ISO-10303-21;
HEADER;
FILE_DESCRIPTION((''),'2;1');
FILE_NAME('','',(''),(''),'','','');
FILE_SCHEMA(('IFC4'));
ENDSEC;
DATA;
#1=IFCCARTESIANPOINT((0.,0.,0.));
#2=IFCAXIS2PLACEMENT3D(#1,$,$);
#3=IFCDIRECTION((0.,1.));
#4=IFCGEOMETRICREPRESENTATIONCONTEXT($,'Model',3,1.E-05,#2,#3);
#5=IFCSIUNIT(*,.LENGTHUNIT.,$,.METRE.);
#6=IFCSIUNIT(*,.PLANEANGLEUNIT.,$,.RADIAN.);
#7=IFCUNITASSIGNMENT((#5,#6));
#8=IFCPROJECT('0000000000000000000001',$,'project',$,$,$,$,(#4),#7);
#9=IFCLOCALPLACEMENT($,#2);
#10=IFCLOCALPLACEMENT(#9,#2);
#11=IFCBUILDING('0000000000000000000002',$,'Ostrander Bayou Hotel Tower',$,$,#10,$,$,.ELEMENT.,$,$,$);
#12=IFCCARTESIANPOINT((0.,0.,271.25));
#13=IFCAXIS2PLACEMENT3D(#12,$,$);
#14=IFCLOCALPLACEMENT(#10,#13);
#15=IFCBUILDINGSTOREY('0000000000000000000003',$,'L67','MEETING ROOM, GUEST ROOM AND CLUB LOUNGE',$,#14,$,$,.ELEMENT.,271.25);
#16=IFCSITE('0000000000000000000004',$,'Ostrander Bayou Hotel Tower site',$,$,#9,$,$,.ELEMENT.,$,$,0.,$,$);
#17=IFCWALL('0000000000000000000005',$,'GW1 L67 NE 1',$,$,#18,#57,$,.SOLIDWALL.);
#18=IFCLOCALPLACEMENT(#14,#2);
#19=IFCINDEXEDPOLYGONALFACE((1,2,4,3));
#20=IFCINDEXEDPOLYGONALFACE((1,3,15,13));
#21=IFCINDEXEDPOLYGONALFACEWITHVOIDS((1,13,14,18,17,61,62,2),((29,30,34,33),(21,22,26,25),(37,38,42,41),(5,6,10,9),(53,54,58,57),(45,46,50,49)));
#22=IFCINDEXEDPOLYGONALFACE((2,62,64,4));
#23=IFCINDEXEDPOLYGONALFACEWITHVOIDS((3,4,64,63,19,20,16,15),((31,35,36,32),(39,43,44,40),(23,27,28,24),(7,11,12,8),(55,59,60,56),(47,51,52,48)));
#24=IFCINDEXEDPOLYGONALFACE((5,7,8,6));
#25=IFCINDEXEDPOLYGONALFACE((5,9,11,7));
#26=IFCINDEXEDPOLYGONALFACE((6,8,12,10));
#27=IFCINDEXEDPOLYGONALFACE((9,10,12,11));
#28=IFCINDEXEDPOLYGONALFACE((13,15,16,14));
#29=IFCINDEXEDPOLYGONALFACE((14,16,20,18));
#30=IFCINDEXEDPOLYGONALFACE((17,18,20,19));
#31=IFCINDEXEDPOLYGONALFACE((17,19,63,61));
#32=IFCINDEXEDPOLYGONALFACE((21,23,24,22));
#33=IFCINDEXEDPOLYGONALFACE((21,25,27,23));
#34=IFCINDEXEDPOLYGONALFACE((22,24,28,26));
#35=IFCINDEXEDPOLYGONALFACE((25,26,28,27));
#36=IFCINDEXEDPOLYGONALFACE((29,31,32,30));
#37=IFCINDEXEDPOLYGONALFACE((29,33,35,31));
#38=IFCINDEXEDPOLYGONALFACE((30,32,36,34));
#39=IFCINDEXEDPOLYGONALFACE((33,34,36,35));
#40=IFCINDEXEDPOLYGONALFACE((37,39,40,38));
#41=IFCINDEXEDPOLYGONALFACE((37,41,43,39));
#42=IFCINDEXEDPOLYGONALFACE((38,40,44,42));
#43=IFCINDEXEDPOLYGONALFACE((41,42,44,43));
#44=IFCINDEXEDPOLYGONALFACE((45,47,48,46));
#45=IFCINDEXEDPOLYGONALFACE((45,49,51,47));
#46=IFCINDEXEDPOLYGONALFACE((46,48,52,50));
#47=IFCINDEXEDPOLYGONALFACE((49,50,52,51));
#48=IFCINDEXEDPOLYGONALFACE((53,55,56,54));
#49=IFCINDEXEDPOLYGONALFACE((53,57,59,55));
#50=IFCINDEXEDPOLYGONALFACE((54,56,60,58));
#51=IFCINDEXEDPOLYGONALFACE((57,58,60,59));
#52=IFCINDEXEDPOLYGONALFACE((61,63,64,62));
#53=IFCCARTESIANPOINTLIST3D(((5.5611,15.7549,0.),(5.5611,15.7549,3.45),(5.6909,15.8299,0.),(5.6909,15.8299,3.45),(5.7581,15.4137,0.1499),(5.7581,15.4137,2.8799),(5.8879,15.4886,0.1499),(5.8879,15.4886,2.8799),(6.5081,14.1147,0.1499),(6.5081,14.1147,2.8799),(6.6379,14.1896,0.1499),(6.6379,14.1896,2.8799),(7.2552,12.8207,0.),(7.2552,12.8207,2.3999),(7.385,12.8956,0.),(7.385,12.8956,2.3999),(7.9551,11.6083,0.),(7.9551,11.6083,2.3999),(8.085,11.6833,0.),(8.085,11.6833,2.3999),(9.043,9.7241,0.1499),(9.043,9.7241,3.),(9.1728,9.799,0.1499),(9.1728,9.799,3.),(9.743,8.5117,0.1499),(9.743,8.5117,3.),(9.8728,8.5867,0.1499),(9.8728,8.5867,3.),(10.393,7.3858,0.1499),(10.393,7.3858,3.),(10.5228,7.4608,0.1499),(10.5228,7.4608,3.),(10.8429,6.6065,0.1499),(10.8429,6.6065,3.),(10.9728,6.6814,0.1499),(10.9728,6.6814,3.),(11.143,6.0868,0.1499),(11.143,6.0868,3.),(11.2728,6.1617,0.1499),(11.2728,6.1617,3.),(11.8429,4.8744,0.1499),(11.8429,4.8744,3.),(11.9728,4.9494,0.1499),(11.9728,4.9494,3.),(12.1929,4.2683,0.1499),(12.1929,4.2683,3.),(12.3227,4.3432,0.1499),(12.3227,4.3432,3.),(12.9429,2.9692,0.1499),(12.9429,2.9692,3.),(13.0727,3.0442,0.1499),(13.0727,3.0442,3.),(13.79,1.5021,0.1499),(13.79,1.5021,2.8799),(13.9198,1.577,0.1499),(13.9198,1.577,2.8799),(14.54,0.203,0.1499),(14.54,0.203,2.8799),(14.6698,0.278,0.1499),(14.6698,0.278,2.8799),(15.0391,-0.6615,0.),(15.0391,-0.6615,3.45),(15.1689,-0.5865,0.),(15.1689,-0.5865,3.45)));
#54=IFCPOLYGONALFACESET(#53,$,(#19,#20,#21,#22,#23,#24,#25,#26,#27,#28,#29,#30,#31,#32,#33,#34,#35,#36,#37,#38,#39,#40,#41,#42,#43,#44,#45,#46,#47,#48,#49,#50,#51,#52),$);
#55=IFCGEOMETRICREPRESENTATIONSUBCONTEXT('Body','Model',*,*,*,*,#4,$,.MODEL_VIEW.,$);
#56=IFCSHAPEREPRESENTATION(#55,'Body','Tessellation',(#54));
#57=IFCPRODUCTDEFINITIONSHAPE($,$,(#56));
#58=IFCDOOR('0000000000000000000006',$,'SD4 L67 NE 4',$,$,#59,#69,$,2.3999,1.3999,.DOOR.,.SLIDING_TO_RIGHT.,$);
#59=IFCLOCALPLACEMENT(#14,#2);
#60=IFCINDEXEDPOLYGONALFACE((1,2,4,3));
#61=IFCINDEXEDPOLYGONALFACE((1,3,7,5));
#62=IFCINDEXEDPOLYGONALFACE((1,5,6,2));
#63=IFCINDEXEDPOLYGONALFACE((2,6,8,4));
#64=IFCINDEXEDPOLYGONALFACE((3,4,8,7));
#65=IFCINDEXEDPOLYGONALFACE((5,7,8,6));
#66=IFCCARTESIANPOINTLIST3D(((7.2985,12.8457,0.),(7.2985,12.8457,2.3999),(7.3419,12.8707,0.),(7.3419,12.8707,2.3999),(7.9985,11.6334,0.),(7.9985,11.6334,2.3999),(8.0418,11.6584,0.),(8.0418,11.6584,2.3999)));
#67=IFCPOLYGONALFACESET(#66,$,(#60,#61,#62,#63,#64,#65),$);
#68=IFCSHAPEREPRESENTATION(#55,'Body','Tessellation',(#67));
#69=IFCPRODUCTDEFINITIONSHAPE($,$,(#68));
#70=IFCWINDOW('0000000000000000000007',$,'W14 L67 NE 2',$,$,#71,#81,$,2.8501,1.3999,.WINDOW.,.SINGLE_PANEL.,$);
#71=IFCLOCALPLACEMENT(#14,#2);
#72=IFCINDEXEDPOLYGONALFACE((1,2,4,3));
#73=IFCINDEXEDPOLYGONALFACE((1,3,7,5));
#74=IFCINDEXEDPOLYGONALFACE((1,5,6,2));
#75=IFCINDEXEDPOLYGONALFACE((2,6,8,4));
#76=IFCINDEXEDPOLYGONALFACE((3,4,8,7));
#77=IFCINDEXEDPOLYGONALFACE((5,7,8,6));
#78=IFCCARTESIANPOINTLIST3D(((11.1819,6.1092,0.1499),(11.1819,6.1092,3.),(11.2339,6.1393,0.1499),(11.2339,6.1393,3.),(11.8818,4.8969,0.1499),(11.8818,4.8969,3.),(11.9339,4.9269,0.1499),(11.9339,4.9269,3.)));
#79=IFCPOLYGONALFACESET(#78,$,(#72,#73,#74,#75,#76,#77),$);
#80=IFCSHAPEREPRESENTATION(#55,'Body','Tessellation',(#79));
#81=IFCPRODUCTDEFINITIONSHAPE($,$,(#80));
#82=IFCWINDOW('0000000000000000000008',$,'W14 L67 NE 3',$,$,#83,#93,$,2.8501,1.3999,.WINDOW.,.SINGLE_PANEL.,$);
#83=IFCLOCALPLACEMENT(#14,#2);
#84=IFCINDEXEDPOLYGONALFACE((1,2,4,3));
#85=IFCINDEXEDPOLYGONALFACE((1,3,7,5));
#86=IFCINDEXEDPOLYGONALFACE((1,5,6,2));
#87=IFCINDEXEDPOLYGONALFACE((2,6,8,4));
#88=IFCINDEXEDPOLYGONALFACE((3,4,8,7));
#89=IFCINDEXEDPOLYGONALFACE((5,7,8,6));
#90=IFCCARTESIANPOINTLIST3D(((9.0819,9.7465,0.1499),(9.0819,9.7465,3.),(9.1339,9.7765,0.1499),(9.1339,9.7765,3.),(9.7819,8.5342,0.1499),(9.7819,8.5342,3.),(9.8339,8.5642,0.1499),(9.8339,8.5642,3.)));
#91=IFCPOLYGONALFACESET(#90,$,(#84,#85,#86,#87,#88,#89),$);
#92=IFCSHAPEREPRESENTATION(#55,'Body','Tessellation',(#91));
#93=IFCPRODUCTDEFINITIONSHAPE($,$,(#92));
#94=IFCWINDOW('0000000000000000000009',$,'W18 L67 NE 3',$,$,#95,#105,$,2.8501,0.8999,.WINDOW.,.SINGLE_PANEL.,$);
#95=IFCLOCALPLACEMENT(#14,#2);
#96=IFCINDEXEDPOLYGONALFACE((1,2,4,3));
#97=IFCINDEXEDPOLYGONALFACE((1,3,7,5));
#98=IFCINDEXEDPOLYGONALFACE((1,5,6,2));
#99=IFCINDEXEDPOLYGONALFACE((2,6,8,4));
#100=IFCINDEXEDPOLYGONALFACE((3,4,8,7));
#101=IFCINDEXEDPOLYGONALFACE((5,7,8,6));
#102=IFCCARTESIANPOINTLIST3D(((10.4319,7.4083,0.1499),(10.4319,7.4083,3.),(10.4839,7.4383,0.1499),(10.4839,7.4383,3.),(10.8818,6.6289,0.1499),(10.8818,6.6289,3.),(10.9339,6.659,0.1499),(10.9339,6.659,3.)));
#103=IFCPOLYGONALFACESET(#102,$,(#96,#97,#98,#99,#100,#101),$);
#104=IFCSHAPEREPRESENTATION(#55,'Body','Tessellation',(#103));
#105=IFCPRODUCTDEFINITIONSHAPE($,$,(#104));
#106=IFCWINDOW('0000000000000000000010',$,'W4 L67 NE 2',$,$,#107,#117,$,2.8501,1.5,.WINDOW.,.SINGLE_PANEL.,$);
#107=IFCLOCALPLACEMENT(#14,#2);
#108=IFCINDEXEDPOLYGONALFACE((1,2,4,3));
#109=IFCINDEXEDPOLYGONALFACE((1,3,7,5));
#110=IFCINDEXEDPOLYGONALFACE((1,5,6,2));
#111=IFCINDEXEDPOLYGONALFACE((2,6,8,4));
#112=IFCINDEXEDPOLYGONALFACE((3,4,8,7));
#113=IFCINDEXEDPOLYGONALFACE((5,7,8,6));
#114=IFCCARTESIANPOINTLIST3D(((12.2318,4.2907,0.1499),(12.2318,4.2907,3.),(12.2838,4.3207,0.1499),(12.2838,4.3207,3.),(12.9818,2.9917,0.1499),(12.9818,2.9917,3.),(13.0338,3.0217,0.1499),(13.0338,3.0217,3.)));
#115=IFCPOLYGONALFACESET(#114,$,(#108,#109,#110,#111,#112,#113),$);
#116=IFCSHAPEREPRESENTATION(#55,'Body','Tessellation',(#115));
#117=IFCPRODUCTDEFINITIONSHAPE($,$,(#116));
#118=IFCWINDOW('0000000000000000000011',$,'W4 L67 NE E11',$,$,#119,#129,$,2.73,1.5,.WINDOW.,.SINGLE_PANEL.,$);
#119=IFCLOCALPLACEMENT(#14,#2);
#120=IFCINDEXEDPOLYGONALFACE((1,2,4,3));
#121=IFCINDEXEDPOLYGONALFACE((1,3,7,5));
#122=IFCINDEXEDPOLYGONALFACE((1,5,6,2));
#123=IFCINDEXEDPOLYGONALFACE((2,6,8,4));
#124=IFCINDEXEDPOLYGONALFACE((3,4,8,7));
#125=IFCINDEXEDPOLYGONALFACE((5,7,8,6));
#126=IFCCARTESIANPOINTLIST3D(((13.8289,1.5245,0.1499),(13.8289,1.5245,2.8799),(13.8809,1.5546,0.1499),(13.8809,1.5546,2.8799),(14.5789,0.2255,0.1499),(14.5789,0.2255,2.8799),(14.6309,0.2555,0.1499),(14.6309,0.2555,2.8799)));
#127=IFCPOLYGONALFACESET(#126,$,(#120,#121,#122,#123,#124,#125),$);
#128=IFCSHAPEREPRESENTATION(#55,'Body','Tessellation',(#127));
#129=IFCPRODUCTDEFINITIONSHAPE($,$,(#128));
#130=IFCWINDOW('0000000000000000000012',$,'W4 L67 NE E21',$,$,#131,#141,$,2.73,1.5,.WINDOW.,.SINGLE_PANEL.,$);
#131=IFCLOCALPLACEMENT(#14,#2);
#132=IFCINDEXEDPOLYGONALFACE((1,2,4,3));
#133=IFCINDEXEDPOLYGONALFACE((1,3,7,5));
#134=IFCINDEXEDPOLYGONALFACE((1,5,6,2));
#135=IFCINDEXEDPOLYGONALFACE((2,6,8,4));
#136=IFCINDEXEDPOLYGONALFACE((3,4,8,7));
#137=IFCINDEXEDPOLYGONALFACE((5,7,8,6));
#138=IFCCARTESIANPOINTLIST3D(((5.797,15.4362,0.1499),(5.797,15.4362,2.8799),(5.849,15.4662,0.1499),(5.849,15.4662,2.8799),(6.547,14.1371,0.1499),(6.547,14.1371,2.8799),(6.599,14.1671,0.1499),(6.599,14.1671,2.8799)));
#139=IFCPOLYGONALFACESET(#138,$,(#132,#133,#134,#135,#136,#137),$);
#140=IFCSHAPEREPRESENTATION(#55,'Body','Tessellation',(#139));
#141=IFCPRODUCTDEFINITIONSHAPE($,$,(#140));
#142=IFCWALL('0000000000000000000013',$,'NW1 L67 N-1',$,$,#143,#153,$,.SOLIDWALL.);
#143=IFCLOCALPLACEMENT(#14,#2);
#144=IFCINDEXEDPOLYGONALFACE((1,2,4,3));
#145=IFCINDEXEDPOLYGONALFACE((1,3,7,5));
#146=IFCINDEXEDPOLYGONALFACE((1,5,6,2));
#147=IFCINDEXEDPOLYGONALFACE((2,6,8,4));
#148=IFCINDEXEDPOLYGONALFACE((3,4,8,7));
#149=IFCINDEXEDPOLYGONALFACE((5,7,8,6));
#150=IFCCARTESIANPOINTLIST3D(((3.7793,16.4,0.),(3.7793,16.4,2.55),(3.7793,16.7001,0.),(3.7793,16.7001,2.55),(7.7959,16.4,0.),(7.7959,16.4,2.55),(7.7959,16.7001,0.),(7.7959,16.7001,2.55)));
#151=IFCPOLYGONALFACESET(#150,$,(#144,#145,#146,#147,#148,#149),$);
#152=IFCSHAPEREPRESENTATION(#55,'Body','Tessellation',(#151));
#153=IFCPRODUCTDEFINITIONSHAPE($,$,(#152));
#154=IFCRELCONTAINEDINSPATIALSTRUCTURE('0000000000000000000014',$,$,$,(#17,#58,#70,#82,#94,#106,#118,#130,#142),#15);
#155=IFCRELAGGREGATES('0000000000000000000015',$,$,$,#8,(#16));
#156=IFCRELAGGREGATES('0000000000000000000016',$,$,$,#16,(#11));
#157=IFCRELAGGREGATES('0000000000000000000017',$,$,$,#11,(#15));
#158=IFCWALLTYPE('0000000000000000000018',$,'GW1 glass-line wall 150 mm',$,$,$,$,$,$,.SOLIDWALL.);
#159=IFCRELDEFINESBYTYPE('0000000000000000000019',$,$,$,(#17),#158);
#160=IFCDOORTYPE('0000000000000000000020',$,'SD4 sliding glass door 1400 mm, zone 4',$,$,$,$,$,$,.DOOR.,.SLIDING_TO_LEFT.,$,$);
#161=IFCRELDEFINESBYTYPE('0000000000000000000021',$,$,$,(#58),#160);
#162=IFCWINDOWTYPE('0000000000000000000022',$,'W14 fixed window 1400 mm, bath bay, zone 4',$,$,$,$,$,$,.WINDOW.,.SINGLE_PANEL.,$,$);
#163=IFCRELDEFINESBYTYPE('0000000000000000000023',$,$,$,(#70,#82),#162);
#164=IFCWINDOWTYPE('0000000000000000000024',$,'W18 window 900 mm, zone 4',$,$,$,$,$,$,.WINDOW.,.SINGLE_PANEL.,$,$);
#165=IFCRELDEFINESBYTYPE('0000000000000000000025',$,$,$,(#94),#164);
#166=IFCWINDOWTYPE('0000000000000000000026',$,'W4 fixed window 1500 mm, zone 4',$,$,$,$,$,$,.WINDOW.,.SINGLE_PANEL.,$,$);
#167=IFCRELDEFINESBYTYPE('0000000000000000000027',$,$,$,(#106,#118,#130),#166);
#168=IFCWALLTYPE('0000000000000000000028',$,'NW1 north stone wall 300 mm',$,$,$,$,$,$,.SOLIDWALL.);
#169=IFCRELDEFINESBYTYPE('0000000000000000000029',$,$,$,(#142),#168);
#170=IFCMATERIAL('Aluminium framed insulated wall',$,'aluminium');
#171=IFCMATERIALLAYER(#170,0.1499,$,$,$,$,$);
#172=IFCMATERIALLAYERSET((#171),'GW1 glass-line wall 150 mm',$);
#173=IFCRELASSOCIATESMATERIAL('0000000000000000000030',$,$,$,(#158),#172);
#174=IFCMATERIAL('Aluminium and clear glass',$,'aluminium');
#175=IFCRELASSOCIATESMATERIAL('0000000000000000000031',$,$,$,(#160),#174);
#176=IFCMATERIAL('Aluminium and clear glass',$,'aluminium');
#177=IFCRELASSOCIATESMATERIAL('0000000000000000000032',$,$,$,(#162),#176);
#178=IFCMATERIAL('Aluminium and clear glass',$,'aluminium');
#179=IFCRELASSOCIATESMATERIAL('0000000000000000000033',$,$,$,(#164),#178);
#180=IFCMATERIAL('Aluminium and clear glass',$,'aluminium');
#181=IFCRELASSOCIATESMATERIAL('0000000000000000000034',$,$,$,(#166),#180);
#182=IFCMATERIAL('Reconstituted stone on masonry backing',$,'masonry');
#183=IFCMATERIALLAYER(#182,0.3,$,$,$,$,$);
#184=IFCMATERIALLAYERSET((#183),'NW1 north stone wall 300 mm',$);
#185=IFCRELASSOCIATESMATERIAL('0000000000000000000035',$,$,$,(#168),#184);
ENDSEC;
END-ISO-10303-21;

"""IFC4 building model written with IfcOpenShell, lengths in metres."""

from ifc_helpers import new_model, si_unit, direction, frame, frame_2d, origin, place, context, subcontext, project, spatial, rectangle, extrude, material, layer, layer_set, type_object, element, fill, save


model = new_model("IFC4")

# Units and contexts
model_context = context("Model", 3, precision=1e-05, world=origin(), true_north=direction((0.0, 1.0)))
body_context = subcontext(model_context, "Body", "Model", "MODEL_VIEW")
ifc_project = project(units=[si_unit("LENGTHUNIT", "METRE"), si_unit("PLANEANGLEUNIT", "RADIAN")], contexts=[model_context])

# Site, building, storey
site_placement = place(None, origin())
site = spatial("IfcSite", under=ifc_project, at=site_placement, Name="Ostrander Bayou Hotel Tower site", CompositionType="ELEMENT", RefElevation=0.0)
building_placement = place(site_placement, origin())
building = spatial("IfcBuilding", under=site, at=building_placement, Name="Ostrander Bayou Hotel Tower", CompositionType="ELEMENT")
storey_placement = place(building_placement, frame((0.0, 0.0, 271.25)))
storey = spatial("IfcBuildingStorey", under=building, at=storey_placement, Name="L67", Description="MEETING ROOM, GUEST ROOM AND CLUB LOUNGE", CompositionType="ELEMENT", Elevation=271.25)

# Wall, openings, door, windows
ifc_material_1 = material(Name="Aluminium framed insulated wall", Category="aluminium")
ifc_layer_1 = layer(ifc_material_1, 0.1499)
ifc_layer_set_1 = layer_set([ifc_layer_1], Name="GW1 glass-line wall 150 mm")
wall_type_1 = type_object("IfcWallType", Name="GW1 glass-line wall 150 mm", PredefinedType="SOLIDWALL", material=ifc_layer_set_1)
wall_1_placement = place(storey_placement, frame((15.104, -0.624, 0.0), z_axis=(0.0, 0.0, 1.0), x_axis=(-0.499998, 0.866026, 0.0)))
wall_1 = element("IfcWall", 1, at=wall_1_placement, inside=storey, type_object=wall_type_1, Name="GW1 L67 NE 1", PredefinedType="SOLIDWALL", context=body_context, shape_type="SweptSolid", body=[
    extrude(rectangle(XDim=18.9561, YDim=0.1499, at=frame_2d((9.478, 0.0))), origin(), (0.0, 0.0, 1.0), 3.45),
])
opening_1_placement = place(wall_1_placement, frame((4.1924, 0.0, 0.1499)))
opening_1 = element("IfcOpeningElement", 2, at=opening_1_placement, cuts=wall_1, PredefinedType="OPENING", context=body_context, shape_type="SweptSolid", body=[
    extrude(rectangle(XDim=1.5, YDim=2.8501, at=frame_2d((0.75, 1.425))), frame((0.0, 0.075, 0.0), z_axis=(0.0, -1.0, 0.0), x_axis=(1.0, 0.0, 0.0)), (0.0, 0.0, 1.0), 0.1499),
])
opening_2_placement = place(wall_1_placement, frame((6.3923, 0.0, 0.1499)))
opening_2 = element("IfcOpeningElement", 3, at=opening_2_placement, cuts=wall_1, PredefinedType="OPENING", context=body_context, shape_type="SweptSolid", body=[
    extrude(rectangle(XDim=1.3999, YDim=2.8501, at=frame_2d((0.7, 1.425))), frame((0.0, 0.075, 0.0), z_axis=(0.0, -1.0, 0.0), x_axis=(1.0, 0.0, 0.0)), (0.0, 0.0, 1.0), 0.1499),
])
opening_3_placement = place(wall_1_placement, frame((8.3923, 0.0, 0.1499)))
opening_3 = element("IfcOpeningElement", 4, at=opening_3_placement, cuts=wall_1, PredefinedType="OPENING", context=body_context, shape_type="SweptSolid", body=[
    extrude(rectangle(XDim=0.8999, YDim=2.8501, at=frame_2d((0.45, 1.425))), frame((0.0, 0.075, 0.0), z_axis=(0.0, -1.0, 0.0), x_axis=(1.0, 0.0, 0.0)), (0.0, 0.0, 1.0), 0.1499),
])
opening_4_placement = place(wall_1_placement, frame((10.5923, 0.0, 0.1499)))
opening_4 = element("IfcOpeningElement", 5, at=opening_4_placement, cuts=wall_1, PredefinedType="OPENING", context=body_context, shape_type="SweptSolid", body=[
    extrude(rectangle(XDim=1.3999, YDim=2.8501, at=frame_2d((0.7, 1.425))), frame((0.0, 0.075, 0.0), z_axis=(0.0, -1.0, 0.0), x_axis=(1.0, 0.0, 0.0)), (0.0, 0.0, 1.0), 0.1499),
])
opening_5_placement = place(wall_1_placement, frame((14.168, 0.0, 0.0)))
opening_5 = element("IfcOpeningElement", 6, at=opening_5_placement, cuts=wall_1, PredefinedType="OPENING", context=body_context, shape_type="SweptSolid", body=[
    extrude(rectangle(XDim=1.3999, YDim=2.3999, at=frame_2d((0.7, 1.2))), frame((0.0, 0.075, 0.0), z_axis=(0.0, -1.0, 0.0), x_axis=(1.0, 0.0, 0.0)), (0.0, 0.0, 1.0), 0.1499),
])
opening_6_placement = place(wall_1_placement, frame((0.9983, 0.0, 0.1499)))
opening_6 = element("IfcOpeningElement", 7, at=opening_6_placement, cuts=wall_1, PredefinedType="OPENING", context=body_context, shape_type="SweptSolid", body=[
    extrude(rectangle(XDim=1.5, YDim=2.73, at=frame_2d((0.75, 1.365))), frame((0.0, 0.075, 0.0), z_axis=(0.0, -1.0, 0.0), x_axis=(1.0, 0.0, 0.0)), (0.0, 0.0, 1.0), 0.1499),
])
opening_7_placement = place(wall_1_placement, frame((17.062, 0.0, 0.1499)))
opening_7 = element("IfcOpeningElement", 8, at=opening_7_placement, cuts=wall_1, PredefinedType="OPENING", context=body_context, shape_type="SweptSolid", body=[
    extrude(rectangle(XDim=1.5, YDim=2.73, at=frame_2d((0.75, 1.365))), frame((0.0, 0.075, 0.0), z_axis=(0.0, -1.0, 0.0), x_axis=(1.0, 0.0, 0.0)), (0.0, 0.0, 1.0), 0.1499),
])
ifc_material_2 = material(Name="Aluminium and clear glass", Category="aluminium")
door_type_1 = type_object("IfcDoorType", Name="SD4 sliding glass door 1400 mm, zone 4", OperationType="SLIDING_TO_LEFT", PredefinedType="DOOR", material=ifc_material_2)
door_1_placement = place(opening_5_placement, origin())
door_1 = element("IfcDoor", 9, at=door_1_placement, inside=storey, type_object=door_type_1, Name="SD4 L67 NE 4", OperationType="SLIDING_TO_RIGHT", OverallHeight=2.3999, OverallWidth=1.3999, PredefinedType="DOOR", context=body_context, shape_type="SweptSolid", body=[
    extrude(rectangle(XDim=1.3999, YDim=2.3999, at=frame_2d((0.7, 1.2))), frame((0.0, 0.0249, 0.0), z_axis=(0.0, -1.0, 0.0), x_axis=(1.0, 0.0, 0.0)), (0.0, 0.0, 1.0), 0.05),
])
fill(opening_5, door_1)
ifc_material_3 = material(Name="Aluminium and clear glass", Category="aluminium")
window_type_1 = type_object("IfcWindowType", Name="W14 fixed window 1400 mm, bath bay, zone 4", PartitioningType="SINGLE_PANEL", PredefinedType="WINDOW", material=ifc_material_3)
window_1_placement = place(opening_2_placement, origin())
window_1 = element("IfcWindow", 10, at=window_1_placement, inside=storey, type_object=window_type_1, Name="W14 L67 NE 2", OverallHeight=2.8501, OverallWidth=1.3999, PartitioningType="SINGLE_PANEL", PredefinedType="WINDOW", context=body_context, shape_type="SweptSolid", body=[
    extrude(rectangle(XDim=1.3999, YDim=2.8501, at=frame_2d((0.7, 1.425))), frame((0.0, 0.03, 0.0), z_axis=(0.0, -1.0, 0.0), x_axis=(1.0, 0.0, 0.0)), (0.0, 0.0, 1.0), 0.0601),
])
fill(opening_2, window_1)
window_2_placement = place(opening_4_placement, origin())
window_2 = element("IfcWindow", 11, at=window_2_placement, inside=storey, type_object=window_type_1, Name="W14 L67 NE 3", OverallHeight=2.8501, OverallWidth=1.3999, PartitioningType="SINGLE_PANEL", PredefinedType="WINDOW", context=body_context, shape_type="SweptSolid", body=[
    extrude(rectangle(XDim=1.3999, YDim=2.8501, at=frame_2d((0.7, 1.425))), frame((0.0, 0.03, 0.0), z_axis=(0.0, -1.0, 0.0), x_axis=(1.0, 0.0, 0.0)), (0.0, 0.0, 1.0), 0.0601),
])
fill(opening_4, window_2)
ifc_material_4 = material(Name="Aluminium and clear glass", Category="aluminium")
window_type_2 = type_object("IfcWindowType", Name="W18 window 900 mm, zone 4", PartitioningType="SINGLE_PANEL", PredefinedType="WINDOW", material=ifc_material_4)
window_3_placement = place(opening_3_placement, origin())
window_3 = element("IfcWindow", 12, at=window_3_placement, inside=storey, type_object=window_type_2, Name="W18 L67 NE 3", OverallHeight=2.8501, OverallWidth=0.8999, PartitioningType="SINGLE_PANEL", PredefinedType="WINDOW", context=body_context, shape_type="SweptSolid", body=[
    extrude(rectangle(XDim=0.8999, YDim=2.8501, at=frame_2d((0.45, 1.425))), frame((0.0, 0.03, 0.0), z_axis=(0.0, -1.0, 0.0), x_axis=(1.0, 0.0, 0.0)), (0.0, 0.0, 1.0), 0.0601),
])
fill(opening_3, window_3)
ifc_material_5 = material(Name="Aluminium and clear glass", Category="aluminium")
window_type_3 = type_object("IfcWindowType", Name="W4 fixed window 1500 mm, zone 4", PartitioningType="SINGLE_PANEL", PredefinedType="WINDOW", material=ifc_material_5)
window_4_placement = place(opening_1_placement, origin())
window_4 = element("IfcWindow", 13, at=window_4_placement, inside=storey, type_object=window_type_3, Name="W4 L67 NE 2", OverallHeight=2.8501, OverallWidth=1.5, PartitioningType="SINGLE_PANEL", PredefinedType="WINDOW", context=body_context, shape_type="SweptSolid", body=[
    extrude(rectangle(XDim=1.5, YDim=2.8501, at=frame_2d((0.75, 1.425))), frame((0.0, 0.03, 0.0), z_axis=(0.0, -1.0, 0.0), x_axis=(1.0, 0.0, 0.0)), (0.0, 0.0, 1.0), 0.0601),
])
fill(opening_1, window_4)
window_5_placement = place(opening_6_placement, origin())
window_5 = element("IfcWindow", 14, at=window_5_placement, inside=storey, type_object=window_type_3, Name="W4 L67 NE E11", OverallHeight=2.73, OverallWidth=1.5, PartitioningType="SINGLE_PANEL", PredefinedType="WINDOW", context=body_context, shape_type="SweptSolid", body=[
    extrude(rectangle(XDim=1.5, YDim=2.73, at=frame_2d((0.75, 1.365))), frame((0.0, 0.03, 0.0), z_axis=(0.0, -1.0, 0.0), x_axis=(1.0, 0.0, 0.0)), (0.0, 0.0, 1.0), 0.0601),
])
fill(opening_6, window_5)
window_6_placement = place(opening_7_placement, origin())
window_6 = element("IfcWindow", 15, at=window_6_placement, inside=storey, type_object=window_type_3, Name="W4 L67 NE E21", OverallHeight=2.73, OverallWidth=1.5, PartitioningType="SINGLE_PANEL", PredefinedType="WINDOW", context=body_context, shape_type="SweptSolid", body=[
    extrude(rectangle(XDim=1.5, YDim=2.73, at=frame_2d((0.75, 1.365))), frame((0.0, 0.03, 0.0), z_axis=(0.0, -1.0, 0.0), x_axis=(1.0, 0.0, 0.0)), (0.0, 0.0, 1.0), 0.0601),
])
fill(opening_7, window_6)

# Wall
ifc_material_6 = material(Name="Reconstituted stone on masonry backing", Category="masonry")
ifc_layer_2 = layer(ifc_material_6, 0.3)
ifc_layer_set_2 = layer_set([ifc_layer_2], Name="NW1 north stone wall 300 mm")
wall_type_2 = type_object("IfcWallType", Name="NW1 north stone wall 300 mm", PredefinedType="SOLIDWALL", material=ifc_layer_set_2)
wall_2_placement = place(storey_placement, frame((7.7959, 16.55, 0.0), z_axis=(0.0, 0.0, 1.0), x_axis=(-1.0, 0.0, 0.0)))
element("IfcWall", 16, at=wall_2_placement, inside=storey, type_object=wall_type_2, Name="NW1 L67 N-1", PredefinedType="SOLIDWALL", context=body_context, shape_type="SweptSolid", body=[
    extrude(rectangle(XDim=4.0166, YDim=0.3, at=frame_2d((2.0083, 0.0))), origin(), (0.0, 0.0, 1.0), 2.55),
])

save(model, "model.ifc")
